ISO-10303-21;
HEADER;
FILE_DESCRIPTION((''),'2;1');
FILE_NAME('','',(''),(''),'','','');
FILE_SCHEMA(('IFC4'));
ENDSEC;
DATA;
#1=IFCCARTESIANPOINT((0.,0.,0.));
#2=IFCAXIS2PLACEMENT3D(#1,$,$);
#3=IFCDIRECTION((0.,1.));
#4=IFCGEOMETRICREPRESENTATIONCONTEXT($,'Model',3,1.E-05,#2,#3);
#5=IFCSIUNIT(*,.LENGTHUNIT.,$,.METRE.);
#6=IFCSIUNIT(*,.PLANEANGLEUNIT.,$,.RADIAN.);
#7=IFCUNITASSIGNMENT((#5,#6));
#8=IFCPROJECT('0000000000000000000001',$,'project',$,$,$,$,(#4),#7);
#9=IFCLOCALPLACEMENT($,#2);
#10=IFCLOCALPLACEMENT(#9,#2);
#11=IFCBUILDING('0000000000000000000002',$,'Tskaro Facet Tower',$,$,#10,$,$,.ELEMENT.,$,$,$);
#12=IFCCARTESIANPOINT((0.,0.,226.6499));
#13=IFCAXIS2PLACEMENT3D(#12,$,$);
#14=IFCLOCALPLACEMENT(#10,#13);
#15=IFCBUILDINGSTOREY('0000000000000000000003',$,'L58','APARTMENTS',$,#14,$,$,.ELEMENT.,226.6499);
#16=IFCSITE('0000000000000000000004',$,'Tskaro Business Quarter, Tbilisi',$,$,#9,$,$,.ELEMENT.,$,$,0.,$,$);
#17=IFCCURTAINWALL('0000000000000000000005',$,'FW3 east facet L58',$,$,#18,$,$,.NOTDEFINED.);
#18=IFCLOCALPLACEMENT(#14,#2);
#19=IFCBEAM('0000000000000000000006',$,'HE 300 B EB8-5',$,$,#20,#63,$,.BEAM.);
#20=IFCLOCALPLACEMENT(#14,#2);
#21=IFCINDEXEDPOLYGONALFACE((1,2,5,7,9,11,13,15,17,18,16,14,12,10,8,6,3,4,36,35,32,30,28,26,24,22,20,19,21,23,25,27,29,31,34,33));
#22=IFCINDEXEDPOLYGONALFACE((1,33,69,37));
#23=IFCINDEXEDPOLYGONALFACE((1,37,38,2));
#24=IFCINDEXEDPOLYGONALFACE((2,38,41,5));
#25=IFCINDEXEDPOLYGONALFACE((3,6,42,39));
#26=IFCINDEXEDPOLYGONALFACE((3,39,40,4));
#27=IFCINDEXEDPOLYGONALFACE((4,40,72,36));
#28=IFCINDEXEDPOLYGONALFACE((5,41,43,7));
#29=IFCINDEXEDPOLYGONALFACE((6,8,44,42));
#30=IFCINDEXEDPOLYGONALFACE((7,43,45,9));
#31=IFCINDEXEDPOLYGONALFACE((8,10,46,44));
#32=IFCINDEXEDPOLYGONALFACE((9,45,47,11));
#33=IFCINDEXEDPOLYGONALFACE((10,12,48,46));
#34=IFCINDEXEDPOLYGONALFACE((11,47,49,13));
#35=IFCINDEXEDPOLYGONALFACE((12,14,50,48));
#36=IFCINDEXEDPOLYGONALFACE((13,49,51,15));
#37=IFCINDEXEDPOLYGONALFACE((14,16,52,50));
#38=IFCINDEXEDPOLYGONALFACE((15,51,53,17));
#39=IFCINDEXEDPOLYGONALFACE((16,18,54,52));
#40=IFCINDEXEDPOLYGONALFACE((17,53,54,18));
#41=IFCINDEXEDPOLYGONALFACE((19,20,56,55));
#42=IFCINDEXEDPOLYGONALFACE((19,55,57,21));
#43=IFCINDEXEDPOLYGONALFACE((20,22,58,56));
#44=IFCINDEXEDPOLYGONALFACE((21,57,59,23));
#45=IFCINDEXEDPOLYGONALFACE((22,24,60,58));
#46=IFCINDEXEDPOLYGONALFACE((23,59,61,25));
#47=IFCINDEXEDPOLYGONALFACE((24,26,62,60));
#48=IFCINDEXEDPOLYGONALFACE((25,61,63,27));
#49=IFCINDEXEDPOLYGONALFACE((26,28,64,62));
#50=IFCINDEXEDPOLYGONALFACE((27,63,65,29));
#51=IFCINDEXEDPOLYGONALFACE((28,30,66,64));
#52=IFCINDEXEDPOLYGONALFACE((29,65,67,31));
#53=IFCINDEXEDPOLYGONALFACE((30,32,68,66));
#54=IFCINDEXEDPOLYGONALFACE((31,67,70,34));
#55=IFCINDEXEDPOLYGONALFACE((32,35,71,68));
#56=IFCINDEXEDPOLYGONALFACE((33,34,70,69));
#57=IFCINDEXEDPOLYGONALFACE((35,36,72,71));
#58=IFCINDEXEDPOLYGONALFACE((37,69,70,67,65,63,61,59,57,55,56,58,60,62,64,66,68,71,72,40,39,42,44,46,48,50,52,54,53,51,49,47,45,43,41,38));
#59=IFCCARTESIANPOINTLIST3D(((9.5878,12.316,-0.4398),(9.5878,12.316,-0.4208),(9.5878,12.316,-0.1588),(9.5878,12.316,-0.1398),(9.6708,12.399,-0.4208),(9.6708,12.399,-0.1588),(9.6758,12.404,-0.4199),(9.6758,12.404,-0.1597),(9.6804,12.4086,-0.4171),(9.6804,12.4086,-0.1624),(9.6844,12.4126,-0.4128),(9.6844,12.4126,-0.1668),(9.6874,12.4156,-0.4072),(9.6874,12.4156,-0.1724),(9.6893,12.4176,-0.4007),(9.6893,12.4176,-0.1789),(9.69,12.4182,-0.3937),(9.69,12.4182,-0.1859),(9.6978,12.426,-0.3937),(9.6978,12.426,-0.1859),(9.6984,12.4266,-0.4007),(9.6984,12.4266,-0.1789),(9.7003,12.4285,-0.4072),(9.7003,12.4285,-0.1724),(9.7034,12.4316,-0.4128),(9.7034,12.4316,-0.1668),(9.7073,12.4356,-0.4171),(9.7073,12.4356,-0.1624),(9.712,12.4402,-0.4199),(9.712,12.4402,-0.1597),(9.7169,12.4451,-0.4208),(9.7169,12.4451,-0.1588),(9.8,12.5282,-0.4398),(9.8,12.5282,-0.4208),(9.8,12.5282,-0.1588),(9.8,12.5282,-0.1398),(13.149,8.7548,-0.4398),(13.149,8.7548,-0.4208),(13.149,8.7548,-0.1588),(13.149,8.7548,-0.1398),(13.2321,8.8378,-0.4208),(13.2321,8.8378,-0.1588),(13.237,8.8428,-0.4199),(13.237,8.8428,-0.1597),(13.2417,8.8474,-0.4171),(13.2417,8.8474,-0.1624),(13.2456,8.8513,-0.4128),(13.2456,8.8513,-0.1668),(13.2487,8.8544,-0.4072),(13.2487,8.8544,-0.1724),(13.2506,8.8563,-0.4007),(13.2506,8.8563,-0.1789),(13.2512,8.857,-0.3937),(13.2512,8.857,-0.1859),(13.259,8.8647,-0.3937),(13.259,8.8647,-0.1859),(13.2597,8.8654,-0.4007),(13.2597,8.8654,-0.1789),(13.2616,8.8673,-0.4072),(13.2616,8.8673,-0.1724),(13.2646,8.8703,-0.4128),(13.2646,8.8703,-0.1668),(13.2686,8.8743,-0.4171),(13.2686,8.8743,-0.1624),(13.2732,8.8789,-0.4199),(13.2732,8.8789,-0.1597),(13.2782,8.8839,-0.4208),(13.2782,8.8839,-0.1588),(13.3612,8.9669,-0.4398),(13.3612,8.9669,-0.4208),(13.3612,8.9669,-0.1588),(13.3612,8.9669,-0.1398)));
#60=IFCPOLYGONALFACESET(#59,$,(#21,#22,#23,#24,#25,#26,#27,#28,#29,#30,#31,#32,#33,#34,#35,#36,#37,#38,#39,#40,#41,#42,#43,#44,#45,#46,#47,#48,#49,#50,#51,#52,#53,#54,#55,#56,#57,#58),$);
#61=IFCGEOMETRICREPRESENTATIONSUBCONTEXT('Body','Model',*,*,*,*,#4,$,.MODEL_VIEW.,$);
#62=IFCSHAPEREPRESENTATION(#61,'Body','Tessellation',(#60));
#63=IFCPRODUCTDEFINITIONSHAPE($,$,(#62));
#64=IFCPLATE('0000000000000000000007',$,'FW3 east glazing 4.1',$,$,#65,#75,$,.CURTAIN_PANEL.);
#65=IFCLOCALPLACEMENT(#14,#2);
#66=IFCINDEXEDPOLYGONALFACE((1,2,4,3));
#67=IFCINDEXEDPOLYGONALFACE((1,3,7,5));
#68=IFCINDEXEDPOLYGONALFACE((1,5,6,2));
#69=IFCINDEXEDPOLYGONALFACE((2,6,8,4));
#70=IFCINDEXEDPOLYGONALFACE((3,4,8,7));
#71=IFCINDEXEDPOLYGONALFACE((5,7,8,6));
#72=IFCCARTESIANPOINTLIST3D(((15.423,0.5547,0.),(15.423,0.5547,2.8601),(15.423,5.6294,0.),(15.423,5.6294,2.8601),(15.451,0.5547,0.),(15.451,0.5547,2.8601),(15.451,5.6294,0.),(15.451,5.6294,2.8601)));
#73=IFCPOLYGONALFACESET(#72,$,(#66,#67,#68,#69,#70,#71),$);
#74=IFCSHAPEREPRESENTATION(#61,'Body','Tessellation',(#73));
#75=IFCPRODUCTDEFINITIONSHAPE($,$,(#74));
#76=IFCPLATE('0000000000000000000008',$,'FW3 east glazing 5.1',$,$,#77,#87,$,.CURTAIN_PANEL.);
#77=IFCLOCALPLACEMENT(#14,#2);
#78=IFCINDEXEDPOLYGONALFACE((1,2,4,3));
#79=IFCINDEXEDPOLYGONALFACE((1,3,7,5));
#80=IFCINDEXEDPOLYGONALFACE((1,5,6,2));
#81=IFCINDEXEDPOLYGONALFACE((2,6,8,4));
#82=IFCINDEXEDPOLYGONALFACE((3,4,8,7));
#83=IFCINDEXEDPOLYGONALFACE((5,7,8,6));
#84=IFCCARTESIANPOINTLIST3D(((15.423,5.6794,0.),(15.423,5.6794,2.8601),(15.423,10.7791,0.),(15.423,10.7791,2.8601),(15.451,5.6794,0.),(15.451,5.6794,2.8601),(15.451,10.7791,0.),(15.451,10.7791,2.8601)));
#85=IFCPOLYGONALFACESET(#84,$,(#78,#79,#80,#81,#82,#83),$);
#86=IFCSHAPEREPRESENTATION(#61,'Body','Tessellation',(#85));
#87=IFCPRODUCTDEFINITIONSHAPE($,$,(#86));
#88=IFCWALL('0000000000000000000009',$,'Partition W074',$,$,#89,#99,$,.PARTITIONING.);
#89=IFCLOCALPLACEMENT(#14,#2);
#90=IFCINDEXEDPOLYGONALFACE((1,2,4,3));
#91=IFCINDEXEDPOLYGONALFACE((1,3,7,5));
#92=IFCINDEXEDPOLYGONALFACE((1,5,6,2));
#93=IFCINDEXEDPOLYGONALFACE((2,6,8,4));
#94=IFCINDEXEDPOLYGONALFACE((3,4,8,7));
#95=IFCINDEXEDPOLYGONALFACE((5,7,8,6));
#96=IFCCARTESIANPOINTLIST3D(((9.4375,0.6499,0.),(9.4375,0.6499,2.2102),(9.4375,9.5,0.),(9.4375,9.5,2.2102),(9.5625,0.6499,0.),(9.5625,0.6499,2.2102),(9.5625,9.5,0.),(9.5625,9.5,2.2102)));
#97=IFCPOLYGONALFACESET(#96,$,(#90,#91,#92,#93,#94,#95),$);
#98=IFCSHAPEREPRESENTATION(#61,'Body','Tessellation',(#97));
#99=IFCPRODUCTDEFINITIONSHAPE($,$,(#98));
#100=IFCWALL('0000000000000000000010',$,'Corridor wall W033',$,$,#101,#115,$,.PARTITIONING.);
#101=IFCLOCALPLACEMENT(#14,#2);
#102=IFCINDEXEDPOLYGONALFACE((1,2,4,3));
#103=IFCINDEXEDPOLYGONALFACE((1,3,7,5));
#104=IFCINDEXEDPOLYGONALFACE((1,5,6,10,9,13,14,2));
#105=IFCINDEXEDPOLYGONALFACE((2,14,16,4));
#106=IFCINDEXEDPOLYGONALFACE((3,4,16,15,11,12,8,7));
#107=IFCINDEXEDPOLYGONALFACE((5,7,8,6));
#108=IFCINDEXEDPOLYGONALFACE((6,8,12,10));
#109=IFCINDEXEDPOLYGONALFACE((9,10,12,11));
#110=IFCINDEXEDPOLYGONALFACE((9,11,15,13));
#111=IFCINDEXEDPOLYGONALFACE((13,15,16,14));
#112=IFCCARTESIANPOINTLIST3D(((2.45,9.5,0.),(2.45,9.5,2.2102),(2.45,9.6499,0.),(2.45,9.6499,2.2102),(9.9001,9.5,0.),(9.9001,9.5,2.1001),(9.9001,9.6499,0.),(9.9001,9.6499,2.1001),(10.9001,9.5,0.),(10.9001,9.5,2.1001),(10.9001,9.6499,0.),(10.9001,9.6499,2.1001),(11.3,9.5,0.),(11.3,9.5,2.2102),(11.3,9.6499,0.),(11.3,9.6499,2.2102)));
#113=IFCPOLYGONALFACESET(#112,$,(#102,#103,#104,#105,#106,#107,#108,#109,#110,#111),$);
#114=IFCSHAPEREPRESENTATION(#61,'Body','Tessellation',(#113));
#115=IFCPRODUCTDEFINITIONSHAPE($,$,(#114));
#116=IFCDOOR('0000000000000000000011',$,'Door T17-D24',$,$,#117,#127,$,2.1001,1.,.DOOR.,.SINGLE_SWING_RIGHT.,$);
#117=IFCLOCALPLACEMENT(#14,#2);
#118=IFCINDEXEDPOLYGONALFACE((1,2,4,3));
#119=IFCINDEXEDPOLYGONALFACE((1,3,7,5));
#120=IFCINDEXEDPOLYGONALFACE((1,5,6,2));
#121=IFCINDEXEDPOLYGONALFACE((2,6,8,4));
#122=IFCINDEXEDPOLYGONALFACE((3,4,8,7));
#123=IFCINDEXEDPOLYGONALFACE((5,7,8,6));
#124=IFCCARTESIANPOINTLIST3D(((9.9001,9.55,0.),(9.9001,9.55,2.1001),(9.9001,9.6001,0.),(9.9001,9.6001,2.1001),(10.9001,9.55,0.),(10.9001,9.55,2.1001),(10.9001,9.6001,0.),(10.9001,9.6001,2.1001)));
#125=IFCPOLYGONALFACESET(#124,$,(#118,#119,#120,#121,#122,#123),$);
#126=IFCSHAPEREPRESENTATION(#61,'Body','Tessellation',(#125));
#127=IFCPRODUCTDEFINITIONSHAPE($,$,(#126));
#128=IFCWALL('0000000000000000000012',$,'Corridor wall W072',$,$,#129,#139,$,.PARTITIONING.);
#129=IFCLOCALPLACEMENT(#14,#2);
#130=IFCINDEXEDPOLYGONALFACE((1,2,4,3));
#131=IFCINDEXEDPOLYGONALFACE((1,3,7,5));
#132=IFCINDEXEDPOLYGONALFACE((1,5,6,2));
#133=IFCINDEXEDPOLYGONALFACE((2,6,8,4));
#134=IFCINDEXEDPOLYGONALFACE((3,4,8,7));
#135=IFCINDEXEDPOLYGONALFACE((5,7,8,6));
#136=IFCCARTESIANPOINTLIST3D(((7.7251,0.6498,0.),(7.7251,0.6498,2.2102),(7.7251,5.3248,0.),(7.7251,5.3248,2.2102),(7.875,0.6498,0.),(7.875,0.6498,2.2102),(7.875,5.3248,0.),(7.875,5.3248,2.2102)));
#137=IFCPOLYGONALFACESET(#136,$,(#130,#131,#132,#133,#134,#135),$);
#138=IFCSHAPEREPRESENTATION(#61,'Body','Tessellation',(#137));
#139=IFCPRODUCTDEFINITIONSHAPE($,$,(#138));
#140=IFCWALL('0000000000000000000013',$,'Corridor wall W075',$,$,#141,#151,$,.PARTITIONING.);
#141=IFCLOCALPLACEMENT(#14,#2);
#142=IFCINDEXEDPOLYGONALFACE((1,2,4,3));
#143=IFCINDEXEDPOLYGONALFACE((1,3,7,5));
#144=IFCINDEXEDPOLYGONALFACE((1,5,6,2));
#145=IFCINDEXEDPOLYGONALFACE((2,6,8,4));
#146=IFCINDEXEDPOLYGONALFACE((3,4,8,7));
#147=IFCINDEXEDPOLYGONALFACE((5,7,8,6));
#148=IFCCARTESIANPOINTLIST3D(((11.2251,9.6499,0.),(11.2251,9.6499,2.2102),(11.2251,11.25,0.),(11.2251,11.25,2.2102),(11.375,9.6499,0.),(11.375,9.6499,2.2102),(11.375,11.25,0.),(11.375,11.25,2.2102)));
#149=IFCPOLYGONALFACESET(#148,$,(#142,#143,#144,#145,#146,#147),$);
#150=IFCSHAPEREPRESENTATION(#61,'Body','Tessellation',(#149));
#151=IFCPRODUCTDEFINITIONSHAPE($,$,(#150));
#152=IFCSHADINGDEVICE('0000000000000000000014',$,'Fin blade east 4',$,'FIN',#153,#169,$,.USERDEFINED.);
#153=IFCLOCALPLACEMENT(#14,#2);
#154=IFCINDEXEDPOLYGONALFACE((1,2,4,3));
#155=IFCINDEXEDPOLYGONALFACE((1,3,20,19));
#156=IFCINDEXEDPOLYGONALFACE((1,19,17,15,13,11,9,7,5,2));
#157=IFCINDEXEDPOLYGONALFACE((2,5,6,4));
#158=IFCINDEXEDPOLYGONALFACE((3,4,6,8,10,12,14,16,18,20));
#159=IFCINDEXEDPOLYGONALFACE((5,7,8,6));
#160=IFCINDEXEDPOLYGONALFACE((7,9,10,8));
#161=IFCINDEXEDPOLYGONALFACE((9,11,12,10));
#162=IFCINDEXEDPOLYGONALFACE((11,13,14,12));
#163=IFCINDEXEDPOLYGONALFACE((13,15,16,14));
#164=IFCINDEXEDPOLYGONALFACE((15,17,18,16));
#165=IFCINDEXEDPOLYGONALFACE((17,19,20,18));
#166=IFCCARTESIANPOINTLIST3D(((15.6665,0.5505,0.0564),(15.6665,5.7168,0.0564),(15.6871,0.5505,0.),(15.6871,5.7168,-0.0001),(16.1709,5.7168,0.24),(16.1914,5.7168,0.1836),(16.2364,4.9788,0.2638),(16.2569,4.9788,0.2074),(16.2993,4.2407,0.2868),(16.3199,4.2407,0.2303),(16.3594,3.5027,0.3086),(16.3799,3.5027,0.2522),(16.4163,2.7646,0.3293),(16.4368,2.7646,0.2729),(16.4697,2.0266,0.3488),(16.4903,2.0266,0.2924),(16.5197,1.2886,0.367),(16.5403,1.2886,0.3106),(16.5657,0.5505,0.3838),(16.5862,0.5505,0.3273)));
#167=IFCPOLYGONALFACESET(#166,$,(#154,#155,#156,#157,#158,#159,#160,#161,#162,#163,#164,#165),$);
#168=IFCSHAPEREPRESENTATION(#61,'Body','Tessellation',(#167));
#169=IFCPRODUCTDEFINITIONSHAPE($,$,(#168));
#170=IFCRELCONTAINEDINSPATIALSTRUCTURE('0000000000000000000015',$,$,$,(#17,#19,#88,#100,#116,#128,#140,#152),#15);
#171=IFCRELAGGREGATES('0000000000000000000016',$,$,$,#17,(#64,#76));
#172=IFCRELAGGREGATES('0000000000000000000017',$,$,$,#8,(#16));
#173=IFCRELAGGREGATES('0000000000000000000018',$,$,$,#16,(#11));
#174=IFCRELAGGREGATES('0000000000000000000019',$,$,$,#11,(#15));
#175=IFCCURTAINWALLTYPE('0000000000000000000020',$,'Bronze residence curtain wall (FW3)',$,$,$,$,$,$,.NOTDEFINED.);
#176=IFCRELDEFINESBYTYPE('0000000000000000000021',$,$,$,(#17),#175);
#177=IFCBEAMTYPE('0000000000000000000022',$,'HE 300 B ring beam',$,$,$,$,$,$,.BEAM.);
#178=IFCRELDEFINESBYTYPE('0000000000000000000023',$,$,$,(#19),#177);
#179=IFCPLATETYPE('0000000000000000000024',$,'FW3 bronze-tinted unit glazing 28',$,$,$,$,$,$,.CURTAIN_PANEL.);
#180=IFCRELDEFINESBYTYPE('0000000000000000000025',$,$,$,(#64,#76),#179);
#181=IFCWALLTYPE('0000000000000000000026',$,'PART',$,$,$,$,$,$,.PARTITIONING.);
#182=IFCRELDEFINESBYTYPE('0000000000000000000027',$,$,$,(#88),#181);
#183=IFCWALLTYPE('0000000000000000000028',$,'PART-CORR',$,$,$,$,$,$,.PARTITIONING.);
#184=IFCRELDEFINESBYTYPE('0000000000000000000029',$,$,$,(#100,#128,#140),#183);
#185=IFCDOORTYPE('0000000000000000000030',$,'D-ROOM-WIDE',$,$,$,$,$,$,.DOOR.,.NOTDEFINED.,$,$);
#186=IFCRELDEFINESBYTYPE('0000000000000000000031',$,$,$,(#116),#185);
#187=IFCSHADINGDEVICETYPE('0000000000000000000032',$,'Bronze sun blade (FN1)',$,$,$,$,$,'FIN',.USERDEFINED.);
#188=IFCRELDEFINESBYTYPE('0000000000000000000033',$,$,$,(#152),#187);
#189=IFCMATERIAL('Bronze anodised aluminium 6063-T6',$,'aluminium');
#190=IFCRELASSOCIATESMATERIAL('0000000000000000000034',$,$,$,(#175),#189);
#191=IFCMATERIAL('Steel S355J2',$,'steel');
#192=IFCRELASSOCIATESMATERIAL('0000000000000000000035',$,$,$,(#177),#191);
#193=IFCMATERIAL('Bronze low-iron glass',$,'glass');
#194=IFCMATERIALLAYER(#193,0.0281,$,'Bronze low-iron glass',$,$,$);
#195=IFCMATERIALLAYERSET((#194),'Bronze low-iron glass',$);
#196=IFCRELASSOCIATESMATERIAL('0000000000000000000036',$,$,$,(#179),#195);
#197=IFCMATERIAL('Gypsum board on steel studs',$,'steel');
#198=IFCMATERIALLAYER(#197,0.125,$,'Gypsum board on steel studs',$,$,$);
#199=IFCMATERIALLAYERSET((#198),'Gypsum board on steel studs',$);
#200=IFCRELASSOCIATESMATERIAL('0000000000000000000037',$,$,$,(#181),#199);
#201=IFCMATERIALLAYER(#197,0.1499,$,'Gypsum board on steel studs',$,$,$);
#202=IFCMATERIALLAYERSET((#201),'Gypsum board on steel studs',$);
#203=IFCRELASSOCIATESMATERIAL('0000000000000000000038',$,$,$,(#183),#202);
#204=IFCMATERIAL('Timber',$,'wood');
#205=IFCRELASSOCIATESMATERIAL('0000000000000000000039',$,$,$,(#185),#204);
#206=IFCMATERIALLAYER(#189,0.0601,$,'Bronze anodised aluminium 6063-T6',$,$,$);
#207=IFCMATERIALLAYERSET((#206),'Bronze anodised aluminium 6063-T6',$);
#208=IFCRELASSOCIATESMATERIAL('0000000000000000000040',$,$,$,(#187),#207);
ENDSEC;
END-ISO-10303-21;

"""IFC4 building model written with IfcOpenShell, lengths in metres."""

from ifc_helpers import new_model, si_unit, direction, frame, frame_2d, origin, origin_2d, place, context, subcontext, project, spatial, polyline, rectangle, i_section, outline, extrude, material, layer, layer_set, material_profile, profile_set, type_object, element, fill, aggregate, save


model = new_model("IFC4")

# Units and contexts
model_context = context("Model", 3, precision=1e-05, world=origin(), true_north=direction((0.0, 1.0)))
body_context = subcontext(model_context, "Body", "Model", "MODEL_VIEW")
ifc_project = project(units=[si_unit("LENGTHUNIT", "METRE"), si_unit("PLANEANGLEUNIT", "RADIAN")], contexts=[model_context])

# Site, building, storey
site_placement = place(None, origin())
site = spatial("IfcSite", under=ifc_project, at=site_placement, Name="Tskaro Business Quarter, Tbilisi", CompositionType="ELEMENT", RefElevation=0.0)
building_placement = place(site_placement, origin())
building = spatial("IfcBuilding", under=site, at=building_placement, Name="Tskaro Facet Tower", CompositionType="ELEMENT")
storey_placement = place(building_placement, frame((0.0, 0.0, 226.6499)))
storey = spatial("IfcBuildingStorey", under=building, at=storey_placement, Name="L58", Description="APARTMENTS", CompositionType="ELEMENT", Elevation=226.6499)

# Curtain wall
ifc_material_1 = material(Name="Bronze anodised aluminium 6063-T6", Category="aluminium")
curtain_wall_type = type_object("IfcCurtainWallType", Name="Bronze residence curtain wall (FW3)", PredefinedType="NOTDEFINED", material=ifc_material_1)
curtain_wall_placement = place(storey_placement, origin())
curtain_wall = element("IfcCurtainWall", 1, at=curtain_wall_placement, inside=storey, type_object=curtain_wall_type, Name="FW3 east facet L58", PredefinedType="NOTDEFINED")

# Beam
ifc_material_2 = material(Name="Steel S355J2", Category="steel")
ifc_material_profile_1 = material_profile(ifc_material_2, i_section(OverallWidth=0.3, OverallDepth=0.3, WebThickness=0.011, FlangeThickness=0.019, FilletRadius=0.0271, at=origin_2d()), Name="HE 300 B")
ifc_profile_set_1 = profile_set([ifc_material_profile_1], Name="Steel S355J2")
beam_type = type_object("IfcBeamType", Name="HE 300 B ring beam", PredefinedType="BEAM", material=ifc_profile_set_1)
beam_1_placement = place(storey_placement, frame((13.2551, 8.8608, -0.2898), z_axis=(-0.707107, 0.707107, 0.0), x_axis=(-0.707107, -0.707107, 0.0)))
element("IfcBeam", 2, at=beam_1_placement, inside=storey, type_object=beam_type, Name="HE 300 B EB8-5", PredefinedType="BEAM", context=body_context, shape_type="SweptSolid", body=[
    extrude(i_section(OverallWidth=0.3, OverallDepth=0.3, WebThickness=0.011, FlangeThickness=0.019, FilletRadius=0.0271, at=origin_2d()), origin(), (0.0, 0.0, 1.0), 5.0364),
])

# Plates
ifc_material_3 = material(Name="Bronze low-iron glass", Category="glass")
ifc_layer_1 = layer(ifc_material_3, 0.0281, Name="Bronze low-iron glass")
ifc_layer_set_1 = layer_set([ifc_layer_1], Name="Bronze low-iron glass")
plate_type = type_object("IfcPlateType", Name="FW3 bronze-tinted unit glazing 28", PredefinedType="CURTAIN_PANEL", material=ifc_layer_set_1)
plate_1_placement = place(storey_placement, frame((15.437, 3.092, 0.0), z_axis=(0.0, 0.0, 1.0), x_axis=(0.0, 1.0, 0.0)))
plate_1 = element("IfcPlate", 3, at=plate_1_placement, type_object=plate_type, Name="FW3 east glazing 4.1", PredefinedType="CURTAIN_PANEL", context=body_context, shape_type="SweptSolid", body=[
    extrude(rectangle(XDim=5.0747, YDim=0.0281, at=origin_2d()), origin(), (0.0, 0.0, 1.0), 2.8601),
])
plate_2_placement = place(storey_placement, frame((15.437, 8.2292, 0.0), z_axis=(0.0, 0.0, 1.0), x_axis=(0.0, 1.0, 0.0)))
plate_2 = element("IfcPlate", 4, at=plate_2_placement, type_object=plate_type, Name="FW3 east glazing 5.1", PredefinedType="CURTAIN_PANEL", context=body_context, shape_type="SweptSolid", body=[
    extrude(rectangle(XDim=5.0996, YDim=0.0281, at=origin_2d()), origin(), (0.0, 0.0, 1.0), 2.8601),
])
aggregate(curtain_wall, [plate_1, plate_2])

# Wall
ifc_material_4 = material(Name="Gypsum board on steel studs", Category="steel")
ifc_layer_2 = layer(ifc_material_4, 0.125, Name="Gypsum board on steel studs")
ifc_layer_set_2 = layer_set([ifc_layer_2], Name="Gypsum board on steel studs")
wall_type_1 = type_object("IfcWallType", Name="PART", PredefinedType="PARTITIONING", material=ifc_layer_set_2)
wall_1_placement = place(storey_placement, frame((9.5, 0.6499, 0.0), z_axis=(0.0, 0.0, 1.0), x_axis=(0.0, 1.0, 0.0)))
element("IfcWall", 5, at=wall_1_placement, inside=storey, type_object=wall_type_1, Name="Partition W074", PredefinedType="PARTITIONING", context=body_context, shape_type="SweptSolid", body=[
    extrude(rectangle(XDim=8.8501, YDim=0.125, at=frame_2d((4.425, 0.0))), origin(), (0.0, 0.0, 1.0), 2.2102),
])

# Wall, opening, door
ifc_layer_3 = layer(ifc_material_4, 0.1499, Name="Gypsum board on steel studs")
ifc_layer_set_3 = layer_set([ifc_layer_3], Name="Gypsum board on steel studs")
wall_type_2 = type_object("IfcWallType", Name="PART-CORR", PredefinedType="PARTITIONING", material=ifc_layer_set_3)
wall_2_placement = place(storey_placement, frame((11.3, 9.575, 0.0), z_axis=(0.0, 0.0, 1.0), x_axis=(-1.0, 0.0, 0.0)))
wall_2 = element("IfcWall", 6, at=wall_2_placement, inside=storey, type_object=wall_type_2, Name="Corridor wall W033", PredefinedType="PARTITIONING", context=body_context, shape_type="SweptSolid", body=[
    extrude(rectangle(XDim=8.8501, YDim=0.1499, at=frame_2d((4.425, 0.0))), origin(), (0.0, 0.0, 1.0), 2.2102),
])
opening_placement = place(wall_2_placement, frame((0.3999, 0.0, 0.0)))
opening = element("IfcOpeningElement", 7, at=opening_placement, cuts=wall_2, PredefinedType="OPENING", context=body_context, shape_type="SweptSolid", body=[
    extrude(rectangle(XDim=1.0, YDim=2.1001, at=frame_2d((0.5, 1.05))), frame((0.0, 0.085, 0.0), z_axis=(0.0, -1.0, 0.0), x_axis=(1.0, 0.0, 0.0)), (0.0, 0.0, 1.0), 0.1699),
])
ifc_material_5 = material(Name="Timber", Category="wood")
door_type = type_object("IfcDoorType", Name="D-ROOM-WIDE", OperationType="NOTDEFINED", PredefinedType="DOOR", material=ifc_material_5)
door_placement = place(opening_placement, origin())
door = element("IfcDoor", 8, at=door_placement, inside=storey, type_object=door_type, Name="Door T17-D24", OperationType="SINGLE_SWING_RIGHT", OverallHeight=2.1001, OverallWidth=1.0, PredefinedType="DOOR", context=body_context, shape_type="SweptSolid", body=[
    extrude(rectangle(XDim=1.0, YDim=2.1001, at=frame_2d((0.5, 1.05))), frame((0.0, 0.0249, 0.0), z_axis=(0.0, -1.0, 0.0), x_axis=(1.0, 0.0, 0.0)), (0.0, 0.0, 1.0), 0.05),
])
fill(opening, door)

# Walls
wall_3_placement = place(storey_placement, frame((7.8, 0.6499, 0.0), z_axis=(0.0, 0.0, 1.0), x_axis=(0.0, 1.0, 0.0)))
element("IfcWall", 9, at=wall_3_placement, inside=storey, type_object=wall_type_2, Name="Corridor wall W072", PredefinedType="PARTITIONING", context=body_context, shape_type="SweptSolid", body=[
    extrude(rectangle(XDim=4.675, YDim=0.1499, at=frame_2d((2.3374, 0.0))), origin(), (0.0, 0.0, 1.0), 2.2102),
])
wall_4_placement = place(storey_placement, frame((11.3, 9.6499, 0.0), z_axis=(0.0, 0.0, 1.0), x_axis=(0.0, 1.0, 0.0)))
element("IfcWall", 10, at=wall_4_placement, inside=storey, type_object=wall_type_2, Name="Corridor wall W075", PredefinedType="PARTITIONING", context=body_context, shape_type="SweptSolid", body=[
    extrude(rectangle(XDim=1.6001, YDim=0.1499, at=frame_2d((0.8, 0.0))), origin(), (0.0, 0.0, 1.0), 2.2102),
])

# Shading device
ifc_layer_4 = layer(ifc_material_1, 0.0601, Name="Bronze anodised aluminium 6063-T6")
ifc_layer_set_4 = layer_set([ifc_layer_4], Name="Bronze anodised aluminium 6063-T6")
shading_device_type = type_object("IfcShadingDeviceType", Name="Bronze sun blade (FN1)", ElementType="FIN", PredefinedType="USERDEFINED", material=ifc_layer_set_4)
shading_device_1_placement = place(storey_placement, frame((15.6665, 0.5505, 0.0564), z_axis=(-0.342106, 0.000006, 0.939661), x_axis=(0.000002, 1.0, -0.000005)))
element("IfcShadingDevice", 11, at=shading_device_1_placement, inside=storey, type_object=shading_device_type, Name="Fin blade east 4", ObjectType="FIN", PredefinedType="USERDEFINED", context=body_context, shape_type="SweptSolid", body=[
    extrude(outline(polyline([(0.0, 0.0), (5.1663, 0.0), (5.1663, -0.5368), (4.4282, -0.6064), (3.6902, -0.6735), (2.9521, -0.7373), (2.2141, -0.7979), (1.4761, -0.8548), (0.738, -0.908), (0.0, -0.9569), (0.0, 0.0)])), origin(), (0.0, 0.0, -1.0), 0.0601),
])

save(model, "model.ifc")
